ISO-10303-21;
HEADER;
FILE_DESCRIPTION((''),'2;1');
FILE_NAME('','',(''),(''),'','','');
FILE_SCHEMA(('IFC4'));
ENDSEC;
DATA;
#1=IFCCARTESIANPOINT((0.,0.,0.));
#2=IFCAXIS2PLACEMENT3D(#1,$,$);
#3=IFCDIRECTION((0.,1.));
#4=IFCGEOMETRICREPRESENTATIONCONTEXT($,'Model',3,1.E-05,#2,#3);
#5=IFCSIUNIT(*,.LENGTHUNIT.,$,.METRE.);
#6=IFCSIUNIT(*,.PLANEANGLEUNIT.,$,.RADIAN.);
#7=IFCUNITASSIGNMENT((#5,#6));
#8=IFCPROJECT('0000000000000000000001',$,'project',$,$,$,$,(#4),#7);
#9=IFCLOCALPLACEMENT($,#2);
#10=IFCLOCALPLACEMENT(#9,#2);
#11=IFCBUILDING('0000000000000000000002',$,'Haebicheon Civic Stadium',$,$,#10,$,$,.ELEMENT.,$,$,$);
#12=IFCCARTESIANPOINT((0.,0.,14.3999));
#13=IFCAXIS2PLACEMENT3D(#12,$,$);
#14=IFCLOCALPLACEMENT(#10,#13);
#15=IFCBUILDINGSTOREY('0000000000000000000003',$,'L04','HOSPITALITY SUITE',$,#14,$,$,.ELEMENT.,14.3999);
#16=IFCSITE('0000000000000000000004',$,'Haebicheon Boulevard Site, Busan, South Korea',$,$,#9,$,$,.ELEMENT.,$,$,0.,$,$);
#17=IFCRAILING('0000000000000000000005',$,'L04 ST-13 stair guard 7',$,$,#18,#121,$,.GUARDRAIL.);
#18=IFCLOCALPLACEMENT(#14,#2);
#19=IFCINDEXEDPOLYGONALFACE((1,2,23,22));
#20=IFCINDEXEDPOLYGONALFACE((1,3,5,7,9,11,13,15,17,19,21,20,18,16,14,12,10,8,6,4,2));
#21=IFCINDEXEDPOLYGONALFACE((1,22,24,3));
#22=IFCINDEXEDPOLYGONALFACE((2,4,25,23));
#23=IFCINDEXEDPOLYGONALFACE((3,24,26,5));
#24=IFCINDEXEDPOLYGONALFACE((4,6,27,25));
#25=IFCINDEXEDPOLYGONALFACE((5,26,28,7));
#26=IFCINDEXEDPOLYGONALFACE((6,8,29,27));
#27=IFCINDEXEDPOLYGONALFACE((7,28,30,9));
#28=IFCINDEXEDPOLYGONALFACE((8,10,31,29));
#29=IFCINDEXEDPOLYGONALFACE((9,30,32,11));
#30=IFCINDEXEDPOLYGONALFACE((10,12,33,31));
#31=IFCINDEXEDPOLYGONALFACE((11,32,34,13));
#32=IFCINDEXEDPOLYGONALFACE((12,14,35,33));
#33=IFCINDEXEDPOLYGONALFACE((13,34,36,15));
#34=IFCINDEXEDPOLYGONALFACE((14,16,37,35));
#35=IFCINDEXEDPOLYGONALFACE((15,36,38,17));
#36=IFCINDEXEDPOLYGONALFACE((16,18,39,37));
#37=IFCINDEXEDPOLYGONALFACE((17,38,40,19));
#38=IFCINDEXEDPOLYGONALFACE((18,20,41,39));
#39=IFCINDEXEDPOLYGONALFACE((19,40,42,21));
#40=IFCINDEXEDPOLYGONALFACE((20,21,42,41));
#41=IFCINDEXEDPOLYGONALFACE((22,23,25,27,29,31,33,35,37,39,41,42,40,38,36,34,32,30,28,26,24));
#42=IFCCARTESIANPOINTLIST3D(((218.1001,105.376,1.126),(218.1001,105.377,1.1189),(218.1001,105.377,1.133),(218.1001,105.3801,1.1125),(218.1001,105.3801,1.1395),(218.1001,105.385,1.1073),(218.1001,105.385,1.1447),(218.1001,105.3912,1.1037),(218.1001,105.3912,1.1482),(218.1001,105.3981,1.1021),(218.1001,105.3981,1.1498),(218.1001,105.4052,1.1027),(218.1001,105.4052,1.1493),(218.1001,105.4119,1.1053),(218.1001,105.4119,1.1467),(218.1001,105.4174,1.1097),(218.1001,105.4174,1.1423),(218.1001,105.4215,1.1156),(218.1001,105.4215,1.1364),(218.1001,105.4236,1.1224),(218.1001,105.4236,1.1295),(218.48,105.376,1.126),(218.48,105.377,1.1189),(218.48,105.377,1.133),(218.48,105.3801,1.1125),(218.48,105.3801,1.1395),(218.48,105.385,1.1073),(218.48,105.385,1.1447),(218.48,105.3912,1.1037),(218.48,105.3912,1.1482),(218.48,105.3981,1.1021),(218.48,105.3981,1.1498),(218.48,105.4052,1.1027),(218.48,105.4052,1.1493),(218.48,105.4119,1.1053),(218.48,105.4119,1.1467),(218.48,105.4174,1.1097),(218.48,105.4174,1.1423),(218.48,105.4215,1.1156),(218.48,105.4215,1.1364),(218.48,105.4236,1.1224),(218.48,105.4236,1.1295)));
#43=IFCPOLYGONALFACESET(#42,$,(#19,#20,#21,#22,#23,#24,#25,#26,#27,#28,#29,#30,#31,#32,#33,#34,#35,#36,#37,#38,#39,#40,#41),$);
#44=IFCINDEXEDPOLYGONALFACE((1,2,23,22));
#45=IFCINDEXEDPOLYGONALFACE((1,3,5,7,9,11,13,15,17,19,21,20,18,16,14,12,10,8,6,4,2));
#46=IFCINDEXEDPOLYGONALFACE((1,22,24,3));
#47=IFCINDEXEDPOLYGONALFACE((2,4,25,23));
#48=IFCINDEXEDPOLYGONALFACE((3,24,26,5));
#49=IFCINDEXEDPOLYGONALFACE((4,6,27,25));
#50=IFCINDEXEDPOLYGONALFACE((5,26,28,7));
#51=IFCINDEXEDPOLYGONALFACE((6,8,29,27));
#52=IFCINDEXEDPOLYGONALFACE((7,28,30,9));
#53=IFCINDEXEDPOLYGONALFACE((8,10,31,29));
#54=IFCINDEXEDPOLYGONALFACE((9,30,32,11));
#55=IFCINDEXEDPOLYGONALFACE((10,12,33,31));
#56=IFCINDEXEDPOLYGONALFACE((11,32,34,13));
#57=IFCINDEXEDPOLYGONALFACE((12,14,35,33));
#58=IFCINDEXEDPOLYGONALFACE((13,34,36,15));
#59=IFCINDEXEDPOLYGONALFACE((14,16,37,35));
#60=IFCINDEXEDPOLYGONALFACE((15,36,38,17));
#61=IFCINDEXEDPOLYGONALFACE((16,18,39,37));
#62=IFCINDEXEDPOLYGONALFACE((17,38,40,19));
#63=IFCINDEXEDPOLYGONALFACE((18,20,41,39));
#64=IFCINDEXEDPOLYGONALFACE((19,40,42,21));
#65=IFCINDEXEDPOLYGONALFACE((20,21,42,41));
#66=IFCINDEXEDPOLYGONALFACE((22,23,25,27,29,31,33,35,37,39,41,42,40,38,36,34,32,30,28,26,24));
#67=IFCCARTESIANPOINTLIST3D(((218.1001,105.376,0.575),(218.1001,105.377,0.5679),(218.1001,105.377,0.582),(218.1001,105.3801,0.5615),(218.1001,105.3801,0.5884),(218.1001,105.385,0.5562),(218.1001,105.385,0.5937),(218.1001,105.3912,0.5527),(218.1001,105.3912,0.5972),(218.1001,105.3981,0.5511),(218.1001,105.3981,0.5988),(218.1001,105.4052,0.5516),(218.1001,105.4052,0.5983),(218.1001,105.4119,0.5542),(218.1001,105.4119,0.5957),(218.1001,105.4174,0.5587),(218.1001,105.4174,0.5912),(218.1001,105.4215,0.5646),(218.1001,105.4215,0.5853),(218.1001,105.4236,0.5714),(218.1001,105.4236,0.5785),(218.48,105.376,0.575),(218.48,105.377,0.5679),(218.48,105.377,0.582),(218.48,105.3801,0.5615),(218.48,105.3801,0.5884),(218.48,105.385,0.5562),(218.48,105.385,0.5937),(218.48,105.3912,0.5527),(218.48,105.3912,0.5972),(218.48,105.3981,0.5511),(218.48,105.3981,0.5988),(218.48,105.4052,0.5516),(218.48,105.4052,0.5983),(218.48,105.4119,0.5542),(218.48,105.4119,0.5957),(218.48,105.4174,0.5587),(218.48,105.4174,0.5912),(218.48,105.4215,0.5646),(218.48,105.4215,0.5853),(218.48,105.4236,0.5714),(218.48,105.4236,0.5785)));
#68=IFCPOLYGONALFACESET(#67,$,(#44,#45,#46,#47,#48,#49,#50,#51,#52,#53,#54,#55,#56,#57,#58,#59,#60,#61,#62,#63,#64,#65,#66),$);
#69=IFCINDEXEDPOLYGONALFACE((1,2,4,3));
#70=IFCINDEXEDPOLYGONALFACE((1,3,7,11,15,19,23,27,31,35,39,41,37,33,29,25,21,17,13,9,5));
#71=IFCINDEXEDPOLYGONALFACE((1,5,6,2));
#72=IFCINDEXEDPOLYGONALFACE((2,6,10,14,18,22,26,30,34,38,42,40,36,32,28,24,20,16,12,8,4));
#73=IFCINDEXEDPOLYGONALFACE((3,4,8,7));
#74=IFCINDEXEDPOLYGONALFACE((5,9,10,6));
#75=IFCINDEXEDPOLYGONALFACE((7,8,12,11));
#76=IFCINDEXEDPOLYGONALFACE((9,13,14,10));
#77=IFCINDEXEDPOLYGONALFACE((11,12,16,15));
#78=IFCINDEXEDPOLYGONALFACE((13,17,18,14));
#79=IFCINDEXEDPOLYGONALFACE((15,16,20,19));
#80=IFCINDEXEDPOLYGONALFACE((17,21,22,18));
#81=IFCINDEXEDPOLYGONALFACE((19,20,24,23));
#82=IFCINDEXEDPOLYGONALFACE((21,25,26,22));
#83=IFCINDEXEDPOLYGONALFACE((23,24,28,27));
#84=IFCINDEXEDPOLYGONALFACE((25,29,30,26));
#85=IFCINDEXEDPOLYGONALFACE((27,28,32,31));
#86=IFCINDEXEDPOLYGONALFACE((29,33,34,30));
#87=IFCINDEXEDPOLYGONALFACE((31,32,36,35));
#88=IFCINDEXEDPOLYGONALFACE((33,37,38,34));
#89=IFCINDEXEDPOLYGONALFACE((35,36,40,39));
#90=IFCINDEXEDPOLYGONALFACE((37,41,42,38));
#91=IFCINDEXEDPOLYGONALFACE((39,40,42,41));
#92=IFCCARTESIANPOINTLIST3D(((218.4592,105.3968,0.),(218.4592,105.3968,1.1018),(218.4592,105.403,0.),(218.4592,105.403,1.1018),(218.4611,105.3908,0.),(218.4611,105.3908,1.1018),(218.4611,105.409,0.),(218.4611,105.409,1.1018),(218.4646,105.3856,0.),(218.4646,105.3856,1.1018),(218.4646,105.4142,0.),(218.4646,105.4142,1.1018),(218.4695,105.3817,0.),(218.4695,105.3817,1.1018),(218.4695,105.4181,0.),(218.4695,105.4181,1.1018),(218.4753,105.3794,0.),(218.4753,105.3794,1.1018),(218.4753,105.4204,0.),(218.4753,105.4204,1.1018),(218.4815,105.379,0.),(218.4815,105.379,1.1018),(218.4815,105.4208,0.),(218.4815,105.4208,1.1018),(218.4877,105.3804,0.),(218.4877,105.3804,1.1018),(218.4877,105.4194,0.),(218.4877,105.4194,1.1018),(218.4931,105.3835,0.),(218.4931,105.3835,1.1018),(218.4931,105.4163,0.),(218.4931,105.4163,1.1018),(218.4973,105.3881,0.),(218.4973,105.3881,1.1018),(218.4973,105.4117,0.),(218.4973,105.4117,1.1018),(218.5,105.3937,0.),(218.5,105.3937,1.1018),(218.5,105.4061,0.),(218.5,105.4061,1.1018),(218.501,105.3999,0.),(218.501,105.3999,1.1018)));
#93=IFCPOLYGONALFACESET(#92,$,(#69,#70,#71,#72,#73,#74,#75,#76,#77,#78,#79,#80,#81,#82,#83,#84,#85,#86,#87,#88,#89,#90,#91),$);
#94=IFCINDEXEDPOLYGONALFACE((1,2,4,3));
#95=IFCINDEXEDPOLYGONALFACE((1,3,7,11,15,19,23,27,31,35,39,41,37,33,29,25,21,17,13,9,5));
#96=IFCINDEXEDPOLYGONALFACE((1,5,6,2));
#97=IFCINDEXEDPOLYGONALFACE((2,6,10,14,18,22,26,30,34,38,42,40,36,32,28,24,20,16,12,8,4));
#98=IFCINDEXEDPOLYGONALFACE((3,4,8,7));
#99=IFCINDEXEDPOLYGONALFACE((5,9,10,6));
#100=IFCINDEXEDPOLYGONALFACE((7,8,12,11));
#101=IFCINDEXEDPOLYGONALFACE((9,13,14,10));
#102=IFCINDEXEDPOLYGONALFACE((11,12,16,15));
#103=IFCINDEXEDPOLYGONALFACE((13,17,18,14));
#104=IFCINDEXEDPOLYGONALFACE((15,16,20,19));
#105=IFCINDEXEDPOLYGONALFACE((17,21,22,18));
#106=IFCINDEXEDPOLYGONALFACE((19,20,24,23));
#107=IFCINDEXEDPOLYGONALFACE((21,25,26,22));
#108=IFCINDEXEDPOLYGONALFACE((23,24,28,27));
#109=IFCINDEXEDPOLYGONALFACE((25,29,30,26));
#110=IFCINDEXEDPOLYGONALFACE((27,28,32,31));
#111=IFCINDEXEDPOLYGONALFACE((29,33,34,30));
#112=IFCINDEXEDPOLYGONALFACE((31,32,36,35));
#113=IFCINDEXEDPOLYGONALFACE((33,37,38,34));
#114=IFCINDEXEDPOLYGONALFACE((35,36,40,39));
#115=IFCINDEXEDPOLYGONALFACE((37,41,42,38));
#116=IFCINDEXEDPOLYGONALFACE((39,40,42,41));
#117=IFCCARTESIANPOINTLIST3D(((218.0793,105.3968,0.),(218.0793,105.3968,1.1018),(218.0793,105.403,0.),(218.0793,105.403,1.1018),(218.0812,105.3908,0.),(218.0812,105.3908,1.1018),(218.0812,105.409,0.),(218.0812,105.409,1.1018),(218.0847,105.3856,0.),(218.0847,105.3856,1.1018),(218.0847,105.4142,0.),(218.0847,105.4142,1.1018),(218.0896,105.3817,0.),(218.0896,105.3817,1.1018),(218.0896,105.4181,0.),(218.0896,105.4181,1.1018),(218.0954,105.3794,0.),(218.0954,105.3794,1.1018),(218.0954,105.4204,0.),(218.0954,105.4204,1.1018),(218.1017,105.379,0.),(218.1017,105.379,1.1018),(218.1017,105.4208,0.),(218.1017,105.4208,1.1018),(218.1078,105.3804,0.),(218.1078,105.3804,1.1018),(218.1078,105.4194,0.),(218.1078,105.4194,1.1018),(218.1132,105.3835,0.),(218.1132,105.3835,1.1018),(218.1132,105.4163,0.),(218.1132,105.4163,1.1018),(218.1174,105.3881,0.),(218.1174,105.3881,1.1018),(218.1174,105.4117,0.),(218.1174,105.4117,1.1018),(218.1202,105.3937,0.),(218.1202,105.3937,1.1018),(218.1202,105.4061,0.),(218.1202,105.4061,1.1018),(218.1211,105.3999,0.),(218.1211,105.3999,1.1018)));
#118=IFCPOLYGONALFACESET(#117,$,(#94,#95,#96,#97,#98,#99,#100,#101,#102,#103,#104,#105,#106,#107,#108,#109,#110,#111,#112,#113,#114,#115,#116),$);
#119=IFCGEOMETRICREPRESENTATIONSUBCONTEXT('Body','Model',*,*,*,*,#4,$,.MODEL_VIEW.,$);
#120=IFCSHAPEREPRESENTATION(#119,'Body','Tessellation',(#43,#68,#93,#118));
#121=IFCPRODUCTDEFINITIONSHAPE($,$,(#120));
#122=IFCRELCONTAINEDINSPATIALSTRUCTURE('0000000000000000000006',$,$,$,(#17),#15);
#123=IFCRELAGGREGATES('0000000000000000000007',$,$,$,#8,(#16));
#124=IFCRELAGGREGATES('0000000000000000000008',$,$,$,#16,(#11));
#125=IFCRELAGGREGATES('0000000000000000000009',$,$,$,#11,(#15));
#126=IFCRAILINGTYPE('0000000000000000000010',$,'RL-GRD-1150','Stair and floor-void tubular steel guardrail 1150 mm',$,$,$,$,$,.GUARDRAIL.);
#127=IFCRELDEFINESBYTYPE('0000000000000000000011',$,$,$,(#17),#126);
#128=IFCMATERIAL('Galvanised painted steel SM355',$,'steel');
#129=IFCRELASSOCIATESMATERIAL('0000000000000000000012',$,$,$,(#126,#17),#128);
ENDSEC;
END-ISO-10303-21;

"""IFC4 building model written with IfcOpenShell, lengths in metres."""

from ifc_helpers import new_model, si_unit, direction, frame, origin, origin_2d, place, context, subcontext, project, spatial, circle, extrude, material, type_object, element, save


model = new_model("IFC4")

# Units and contexts
model_context = context("Model", 3, precision=1e-05, world=origin(), true_north=direction((0.0, 1.0)))
body_context = subcontext(model_context, "Body", "Model", "MODEL_VIEW")
ifc_project = project(units=[si_unit("LENGTHUNIT", "METRE"), si_unit("PLANEANGLEUNIT", "RADIAN")], contexts=[model_context])

# Site, building, storey
site_placement = place(None, origin())
site = spatial("IfcSite", under=ifc_project, at=site_placement, Name="Haebicheon Boulevard Site, Busan, South Korea", CompositionType="ELEMENT", RefElevation=0.0)
building_placement = place(site_placement, origin())
building = spatial("IfcBuilding", under=site, at=building_placement, Name="Haebicheon Civic Stadium", CompositionType="ELEMENT")
storey_placement = place(building_placement, frame((0.0, 0.0, 14.3999)))
storey = spatial("IfcBuildingStorey", under=building, at=storey_placement, Name="L04", Description="HOSPITALITY SUITE", CompositionType="ELEMENT", Elevation=14.3999)

# Railing
ifc_material_1 = material(Name="Galvanised painted steel SM355", Category="steel")
railing_type_1 = type_object("IfcRailingType", Name="RL-GRD-1150", Description="Stair and floor-void tubular steel guardrail 1150 mm", PredefinedType="GUARDRAIL", material=ifc_material_1)
railing_1_placement = place(storey_placement, frame((218.48, 105.3999, 0.0)))
element("IfcRailing", 1, at=railing_1_placement, inside=storey, type_object=railing_type_1, material=ifc_material_1, Name="L04 ST-13 stair guard 7", PredefinedType="GUARDRAIL", context=body_context, shape_type="SweptSolid", body=[
    extrude(circle(Radius=0.0239, at=origin_2d()), frame((0.0, 0.0, 1.126), z_axis=(-1.0, 0.0, 0.0), x_axis=(0.0, -1.0, 0.0)), (0.0, 0.0, 1.0), 0.3799),
    extrude(circle(Radius=0.0239, at=origin_2d()), frame((0.0, 0.0, 0.575), z_axis=(-1.0, 0.0, 0.0), x_axis=(0.0, -1.0, 0.0)), (0.0, 0.0, 1.0), 0.3799),
    extrude(circle(Radius=0.021, at=origin_2d()), origin(), (0.0, 0.0, 1.0), 1.1018),
    extrude(circle(Radius=0.021, at=origin_2d()), frame((-0.3799, 0.0, 0.0)), (0.0, 0.0, 1.0), 1.1018),
])

save(model, "model.ifc")
